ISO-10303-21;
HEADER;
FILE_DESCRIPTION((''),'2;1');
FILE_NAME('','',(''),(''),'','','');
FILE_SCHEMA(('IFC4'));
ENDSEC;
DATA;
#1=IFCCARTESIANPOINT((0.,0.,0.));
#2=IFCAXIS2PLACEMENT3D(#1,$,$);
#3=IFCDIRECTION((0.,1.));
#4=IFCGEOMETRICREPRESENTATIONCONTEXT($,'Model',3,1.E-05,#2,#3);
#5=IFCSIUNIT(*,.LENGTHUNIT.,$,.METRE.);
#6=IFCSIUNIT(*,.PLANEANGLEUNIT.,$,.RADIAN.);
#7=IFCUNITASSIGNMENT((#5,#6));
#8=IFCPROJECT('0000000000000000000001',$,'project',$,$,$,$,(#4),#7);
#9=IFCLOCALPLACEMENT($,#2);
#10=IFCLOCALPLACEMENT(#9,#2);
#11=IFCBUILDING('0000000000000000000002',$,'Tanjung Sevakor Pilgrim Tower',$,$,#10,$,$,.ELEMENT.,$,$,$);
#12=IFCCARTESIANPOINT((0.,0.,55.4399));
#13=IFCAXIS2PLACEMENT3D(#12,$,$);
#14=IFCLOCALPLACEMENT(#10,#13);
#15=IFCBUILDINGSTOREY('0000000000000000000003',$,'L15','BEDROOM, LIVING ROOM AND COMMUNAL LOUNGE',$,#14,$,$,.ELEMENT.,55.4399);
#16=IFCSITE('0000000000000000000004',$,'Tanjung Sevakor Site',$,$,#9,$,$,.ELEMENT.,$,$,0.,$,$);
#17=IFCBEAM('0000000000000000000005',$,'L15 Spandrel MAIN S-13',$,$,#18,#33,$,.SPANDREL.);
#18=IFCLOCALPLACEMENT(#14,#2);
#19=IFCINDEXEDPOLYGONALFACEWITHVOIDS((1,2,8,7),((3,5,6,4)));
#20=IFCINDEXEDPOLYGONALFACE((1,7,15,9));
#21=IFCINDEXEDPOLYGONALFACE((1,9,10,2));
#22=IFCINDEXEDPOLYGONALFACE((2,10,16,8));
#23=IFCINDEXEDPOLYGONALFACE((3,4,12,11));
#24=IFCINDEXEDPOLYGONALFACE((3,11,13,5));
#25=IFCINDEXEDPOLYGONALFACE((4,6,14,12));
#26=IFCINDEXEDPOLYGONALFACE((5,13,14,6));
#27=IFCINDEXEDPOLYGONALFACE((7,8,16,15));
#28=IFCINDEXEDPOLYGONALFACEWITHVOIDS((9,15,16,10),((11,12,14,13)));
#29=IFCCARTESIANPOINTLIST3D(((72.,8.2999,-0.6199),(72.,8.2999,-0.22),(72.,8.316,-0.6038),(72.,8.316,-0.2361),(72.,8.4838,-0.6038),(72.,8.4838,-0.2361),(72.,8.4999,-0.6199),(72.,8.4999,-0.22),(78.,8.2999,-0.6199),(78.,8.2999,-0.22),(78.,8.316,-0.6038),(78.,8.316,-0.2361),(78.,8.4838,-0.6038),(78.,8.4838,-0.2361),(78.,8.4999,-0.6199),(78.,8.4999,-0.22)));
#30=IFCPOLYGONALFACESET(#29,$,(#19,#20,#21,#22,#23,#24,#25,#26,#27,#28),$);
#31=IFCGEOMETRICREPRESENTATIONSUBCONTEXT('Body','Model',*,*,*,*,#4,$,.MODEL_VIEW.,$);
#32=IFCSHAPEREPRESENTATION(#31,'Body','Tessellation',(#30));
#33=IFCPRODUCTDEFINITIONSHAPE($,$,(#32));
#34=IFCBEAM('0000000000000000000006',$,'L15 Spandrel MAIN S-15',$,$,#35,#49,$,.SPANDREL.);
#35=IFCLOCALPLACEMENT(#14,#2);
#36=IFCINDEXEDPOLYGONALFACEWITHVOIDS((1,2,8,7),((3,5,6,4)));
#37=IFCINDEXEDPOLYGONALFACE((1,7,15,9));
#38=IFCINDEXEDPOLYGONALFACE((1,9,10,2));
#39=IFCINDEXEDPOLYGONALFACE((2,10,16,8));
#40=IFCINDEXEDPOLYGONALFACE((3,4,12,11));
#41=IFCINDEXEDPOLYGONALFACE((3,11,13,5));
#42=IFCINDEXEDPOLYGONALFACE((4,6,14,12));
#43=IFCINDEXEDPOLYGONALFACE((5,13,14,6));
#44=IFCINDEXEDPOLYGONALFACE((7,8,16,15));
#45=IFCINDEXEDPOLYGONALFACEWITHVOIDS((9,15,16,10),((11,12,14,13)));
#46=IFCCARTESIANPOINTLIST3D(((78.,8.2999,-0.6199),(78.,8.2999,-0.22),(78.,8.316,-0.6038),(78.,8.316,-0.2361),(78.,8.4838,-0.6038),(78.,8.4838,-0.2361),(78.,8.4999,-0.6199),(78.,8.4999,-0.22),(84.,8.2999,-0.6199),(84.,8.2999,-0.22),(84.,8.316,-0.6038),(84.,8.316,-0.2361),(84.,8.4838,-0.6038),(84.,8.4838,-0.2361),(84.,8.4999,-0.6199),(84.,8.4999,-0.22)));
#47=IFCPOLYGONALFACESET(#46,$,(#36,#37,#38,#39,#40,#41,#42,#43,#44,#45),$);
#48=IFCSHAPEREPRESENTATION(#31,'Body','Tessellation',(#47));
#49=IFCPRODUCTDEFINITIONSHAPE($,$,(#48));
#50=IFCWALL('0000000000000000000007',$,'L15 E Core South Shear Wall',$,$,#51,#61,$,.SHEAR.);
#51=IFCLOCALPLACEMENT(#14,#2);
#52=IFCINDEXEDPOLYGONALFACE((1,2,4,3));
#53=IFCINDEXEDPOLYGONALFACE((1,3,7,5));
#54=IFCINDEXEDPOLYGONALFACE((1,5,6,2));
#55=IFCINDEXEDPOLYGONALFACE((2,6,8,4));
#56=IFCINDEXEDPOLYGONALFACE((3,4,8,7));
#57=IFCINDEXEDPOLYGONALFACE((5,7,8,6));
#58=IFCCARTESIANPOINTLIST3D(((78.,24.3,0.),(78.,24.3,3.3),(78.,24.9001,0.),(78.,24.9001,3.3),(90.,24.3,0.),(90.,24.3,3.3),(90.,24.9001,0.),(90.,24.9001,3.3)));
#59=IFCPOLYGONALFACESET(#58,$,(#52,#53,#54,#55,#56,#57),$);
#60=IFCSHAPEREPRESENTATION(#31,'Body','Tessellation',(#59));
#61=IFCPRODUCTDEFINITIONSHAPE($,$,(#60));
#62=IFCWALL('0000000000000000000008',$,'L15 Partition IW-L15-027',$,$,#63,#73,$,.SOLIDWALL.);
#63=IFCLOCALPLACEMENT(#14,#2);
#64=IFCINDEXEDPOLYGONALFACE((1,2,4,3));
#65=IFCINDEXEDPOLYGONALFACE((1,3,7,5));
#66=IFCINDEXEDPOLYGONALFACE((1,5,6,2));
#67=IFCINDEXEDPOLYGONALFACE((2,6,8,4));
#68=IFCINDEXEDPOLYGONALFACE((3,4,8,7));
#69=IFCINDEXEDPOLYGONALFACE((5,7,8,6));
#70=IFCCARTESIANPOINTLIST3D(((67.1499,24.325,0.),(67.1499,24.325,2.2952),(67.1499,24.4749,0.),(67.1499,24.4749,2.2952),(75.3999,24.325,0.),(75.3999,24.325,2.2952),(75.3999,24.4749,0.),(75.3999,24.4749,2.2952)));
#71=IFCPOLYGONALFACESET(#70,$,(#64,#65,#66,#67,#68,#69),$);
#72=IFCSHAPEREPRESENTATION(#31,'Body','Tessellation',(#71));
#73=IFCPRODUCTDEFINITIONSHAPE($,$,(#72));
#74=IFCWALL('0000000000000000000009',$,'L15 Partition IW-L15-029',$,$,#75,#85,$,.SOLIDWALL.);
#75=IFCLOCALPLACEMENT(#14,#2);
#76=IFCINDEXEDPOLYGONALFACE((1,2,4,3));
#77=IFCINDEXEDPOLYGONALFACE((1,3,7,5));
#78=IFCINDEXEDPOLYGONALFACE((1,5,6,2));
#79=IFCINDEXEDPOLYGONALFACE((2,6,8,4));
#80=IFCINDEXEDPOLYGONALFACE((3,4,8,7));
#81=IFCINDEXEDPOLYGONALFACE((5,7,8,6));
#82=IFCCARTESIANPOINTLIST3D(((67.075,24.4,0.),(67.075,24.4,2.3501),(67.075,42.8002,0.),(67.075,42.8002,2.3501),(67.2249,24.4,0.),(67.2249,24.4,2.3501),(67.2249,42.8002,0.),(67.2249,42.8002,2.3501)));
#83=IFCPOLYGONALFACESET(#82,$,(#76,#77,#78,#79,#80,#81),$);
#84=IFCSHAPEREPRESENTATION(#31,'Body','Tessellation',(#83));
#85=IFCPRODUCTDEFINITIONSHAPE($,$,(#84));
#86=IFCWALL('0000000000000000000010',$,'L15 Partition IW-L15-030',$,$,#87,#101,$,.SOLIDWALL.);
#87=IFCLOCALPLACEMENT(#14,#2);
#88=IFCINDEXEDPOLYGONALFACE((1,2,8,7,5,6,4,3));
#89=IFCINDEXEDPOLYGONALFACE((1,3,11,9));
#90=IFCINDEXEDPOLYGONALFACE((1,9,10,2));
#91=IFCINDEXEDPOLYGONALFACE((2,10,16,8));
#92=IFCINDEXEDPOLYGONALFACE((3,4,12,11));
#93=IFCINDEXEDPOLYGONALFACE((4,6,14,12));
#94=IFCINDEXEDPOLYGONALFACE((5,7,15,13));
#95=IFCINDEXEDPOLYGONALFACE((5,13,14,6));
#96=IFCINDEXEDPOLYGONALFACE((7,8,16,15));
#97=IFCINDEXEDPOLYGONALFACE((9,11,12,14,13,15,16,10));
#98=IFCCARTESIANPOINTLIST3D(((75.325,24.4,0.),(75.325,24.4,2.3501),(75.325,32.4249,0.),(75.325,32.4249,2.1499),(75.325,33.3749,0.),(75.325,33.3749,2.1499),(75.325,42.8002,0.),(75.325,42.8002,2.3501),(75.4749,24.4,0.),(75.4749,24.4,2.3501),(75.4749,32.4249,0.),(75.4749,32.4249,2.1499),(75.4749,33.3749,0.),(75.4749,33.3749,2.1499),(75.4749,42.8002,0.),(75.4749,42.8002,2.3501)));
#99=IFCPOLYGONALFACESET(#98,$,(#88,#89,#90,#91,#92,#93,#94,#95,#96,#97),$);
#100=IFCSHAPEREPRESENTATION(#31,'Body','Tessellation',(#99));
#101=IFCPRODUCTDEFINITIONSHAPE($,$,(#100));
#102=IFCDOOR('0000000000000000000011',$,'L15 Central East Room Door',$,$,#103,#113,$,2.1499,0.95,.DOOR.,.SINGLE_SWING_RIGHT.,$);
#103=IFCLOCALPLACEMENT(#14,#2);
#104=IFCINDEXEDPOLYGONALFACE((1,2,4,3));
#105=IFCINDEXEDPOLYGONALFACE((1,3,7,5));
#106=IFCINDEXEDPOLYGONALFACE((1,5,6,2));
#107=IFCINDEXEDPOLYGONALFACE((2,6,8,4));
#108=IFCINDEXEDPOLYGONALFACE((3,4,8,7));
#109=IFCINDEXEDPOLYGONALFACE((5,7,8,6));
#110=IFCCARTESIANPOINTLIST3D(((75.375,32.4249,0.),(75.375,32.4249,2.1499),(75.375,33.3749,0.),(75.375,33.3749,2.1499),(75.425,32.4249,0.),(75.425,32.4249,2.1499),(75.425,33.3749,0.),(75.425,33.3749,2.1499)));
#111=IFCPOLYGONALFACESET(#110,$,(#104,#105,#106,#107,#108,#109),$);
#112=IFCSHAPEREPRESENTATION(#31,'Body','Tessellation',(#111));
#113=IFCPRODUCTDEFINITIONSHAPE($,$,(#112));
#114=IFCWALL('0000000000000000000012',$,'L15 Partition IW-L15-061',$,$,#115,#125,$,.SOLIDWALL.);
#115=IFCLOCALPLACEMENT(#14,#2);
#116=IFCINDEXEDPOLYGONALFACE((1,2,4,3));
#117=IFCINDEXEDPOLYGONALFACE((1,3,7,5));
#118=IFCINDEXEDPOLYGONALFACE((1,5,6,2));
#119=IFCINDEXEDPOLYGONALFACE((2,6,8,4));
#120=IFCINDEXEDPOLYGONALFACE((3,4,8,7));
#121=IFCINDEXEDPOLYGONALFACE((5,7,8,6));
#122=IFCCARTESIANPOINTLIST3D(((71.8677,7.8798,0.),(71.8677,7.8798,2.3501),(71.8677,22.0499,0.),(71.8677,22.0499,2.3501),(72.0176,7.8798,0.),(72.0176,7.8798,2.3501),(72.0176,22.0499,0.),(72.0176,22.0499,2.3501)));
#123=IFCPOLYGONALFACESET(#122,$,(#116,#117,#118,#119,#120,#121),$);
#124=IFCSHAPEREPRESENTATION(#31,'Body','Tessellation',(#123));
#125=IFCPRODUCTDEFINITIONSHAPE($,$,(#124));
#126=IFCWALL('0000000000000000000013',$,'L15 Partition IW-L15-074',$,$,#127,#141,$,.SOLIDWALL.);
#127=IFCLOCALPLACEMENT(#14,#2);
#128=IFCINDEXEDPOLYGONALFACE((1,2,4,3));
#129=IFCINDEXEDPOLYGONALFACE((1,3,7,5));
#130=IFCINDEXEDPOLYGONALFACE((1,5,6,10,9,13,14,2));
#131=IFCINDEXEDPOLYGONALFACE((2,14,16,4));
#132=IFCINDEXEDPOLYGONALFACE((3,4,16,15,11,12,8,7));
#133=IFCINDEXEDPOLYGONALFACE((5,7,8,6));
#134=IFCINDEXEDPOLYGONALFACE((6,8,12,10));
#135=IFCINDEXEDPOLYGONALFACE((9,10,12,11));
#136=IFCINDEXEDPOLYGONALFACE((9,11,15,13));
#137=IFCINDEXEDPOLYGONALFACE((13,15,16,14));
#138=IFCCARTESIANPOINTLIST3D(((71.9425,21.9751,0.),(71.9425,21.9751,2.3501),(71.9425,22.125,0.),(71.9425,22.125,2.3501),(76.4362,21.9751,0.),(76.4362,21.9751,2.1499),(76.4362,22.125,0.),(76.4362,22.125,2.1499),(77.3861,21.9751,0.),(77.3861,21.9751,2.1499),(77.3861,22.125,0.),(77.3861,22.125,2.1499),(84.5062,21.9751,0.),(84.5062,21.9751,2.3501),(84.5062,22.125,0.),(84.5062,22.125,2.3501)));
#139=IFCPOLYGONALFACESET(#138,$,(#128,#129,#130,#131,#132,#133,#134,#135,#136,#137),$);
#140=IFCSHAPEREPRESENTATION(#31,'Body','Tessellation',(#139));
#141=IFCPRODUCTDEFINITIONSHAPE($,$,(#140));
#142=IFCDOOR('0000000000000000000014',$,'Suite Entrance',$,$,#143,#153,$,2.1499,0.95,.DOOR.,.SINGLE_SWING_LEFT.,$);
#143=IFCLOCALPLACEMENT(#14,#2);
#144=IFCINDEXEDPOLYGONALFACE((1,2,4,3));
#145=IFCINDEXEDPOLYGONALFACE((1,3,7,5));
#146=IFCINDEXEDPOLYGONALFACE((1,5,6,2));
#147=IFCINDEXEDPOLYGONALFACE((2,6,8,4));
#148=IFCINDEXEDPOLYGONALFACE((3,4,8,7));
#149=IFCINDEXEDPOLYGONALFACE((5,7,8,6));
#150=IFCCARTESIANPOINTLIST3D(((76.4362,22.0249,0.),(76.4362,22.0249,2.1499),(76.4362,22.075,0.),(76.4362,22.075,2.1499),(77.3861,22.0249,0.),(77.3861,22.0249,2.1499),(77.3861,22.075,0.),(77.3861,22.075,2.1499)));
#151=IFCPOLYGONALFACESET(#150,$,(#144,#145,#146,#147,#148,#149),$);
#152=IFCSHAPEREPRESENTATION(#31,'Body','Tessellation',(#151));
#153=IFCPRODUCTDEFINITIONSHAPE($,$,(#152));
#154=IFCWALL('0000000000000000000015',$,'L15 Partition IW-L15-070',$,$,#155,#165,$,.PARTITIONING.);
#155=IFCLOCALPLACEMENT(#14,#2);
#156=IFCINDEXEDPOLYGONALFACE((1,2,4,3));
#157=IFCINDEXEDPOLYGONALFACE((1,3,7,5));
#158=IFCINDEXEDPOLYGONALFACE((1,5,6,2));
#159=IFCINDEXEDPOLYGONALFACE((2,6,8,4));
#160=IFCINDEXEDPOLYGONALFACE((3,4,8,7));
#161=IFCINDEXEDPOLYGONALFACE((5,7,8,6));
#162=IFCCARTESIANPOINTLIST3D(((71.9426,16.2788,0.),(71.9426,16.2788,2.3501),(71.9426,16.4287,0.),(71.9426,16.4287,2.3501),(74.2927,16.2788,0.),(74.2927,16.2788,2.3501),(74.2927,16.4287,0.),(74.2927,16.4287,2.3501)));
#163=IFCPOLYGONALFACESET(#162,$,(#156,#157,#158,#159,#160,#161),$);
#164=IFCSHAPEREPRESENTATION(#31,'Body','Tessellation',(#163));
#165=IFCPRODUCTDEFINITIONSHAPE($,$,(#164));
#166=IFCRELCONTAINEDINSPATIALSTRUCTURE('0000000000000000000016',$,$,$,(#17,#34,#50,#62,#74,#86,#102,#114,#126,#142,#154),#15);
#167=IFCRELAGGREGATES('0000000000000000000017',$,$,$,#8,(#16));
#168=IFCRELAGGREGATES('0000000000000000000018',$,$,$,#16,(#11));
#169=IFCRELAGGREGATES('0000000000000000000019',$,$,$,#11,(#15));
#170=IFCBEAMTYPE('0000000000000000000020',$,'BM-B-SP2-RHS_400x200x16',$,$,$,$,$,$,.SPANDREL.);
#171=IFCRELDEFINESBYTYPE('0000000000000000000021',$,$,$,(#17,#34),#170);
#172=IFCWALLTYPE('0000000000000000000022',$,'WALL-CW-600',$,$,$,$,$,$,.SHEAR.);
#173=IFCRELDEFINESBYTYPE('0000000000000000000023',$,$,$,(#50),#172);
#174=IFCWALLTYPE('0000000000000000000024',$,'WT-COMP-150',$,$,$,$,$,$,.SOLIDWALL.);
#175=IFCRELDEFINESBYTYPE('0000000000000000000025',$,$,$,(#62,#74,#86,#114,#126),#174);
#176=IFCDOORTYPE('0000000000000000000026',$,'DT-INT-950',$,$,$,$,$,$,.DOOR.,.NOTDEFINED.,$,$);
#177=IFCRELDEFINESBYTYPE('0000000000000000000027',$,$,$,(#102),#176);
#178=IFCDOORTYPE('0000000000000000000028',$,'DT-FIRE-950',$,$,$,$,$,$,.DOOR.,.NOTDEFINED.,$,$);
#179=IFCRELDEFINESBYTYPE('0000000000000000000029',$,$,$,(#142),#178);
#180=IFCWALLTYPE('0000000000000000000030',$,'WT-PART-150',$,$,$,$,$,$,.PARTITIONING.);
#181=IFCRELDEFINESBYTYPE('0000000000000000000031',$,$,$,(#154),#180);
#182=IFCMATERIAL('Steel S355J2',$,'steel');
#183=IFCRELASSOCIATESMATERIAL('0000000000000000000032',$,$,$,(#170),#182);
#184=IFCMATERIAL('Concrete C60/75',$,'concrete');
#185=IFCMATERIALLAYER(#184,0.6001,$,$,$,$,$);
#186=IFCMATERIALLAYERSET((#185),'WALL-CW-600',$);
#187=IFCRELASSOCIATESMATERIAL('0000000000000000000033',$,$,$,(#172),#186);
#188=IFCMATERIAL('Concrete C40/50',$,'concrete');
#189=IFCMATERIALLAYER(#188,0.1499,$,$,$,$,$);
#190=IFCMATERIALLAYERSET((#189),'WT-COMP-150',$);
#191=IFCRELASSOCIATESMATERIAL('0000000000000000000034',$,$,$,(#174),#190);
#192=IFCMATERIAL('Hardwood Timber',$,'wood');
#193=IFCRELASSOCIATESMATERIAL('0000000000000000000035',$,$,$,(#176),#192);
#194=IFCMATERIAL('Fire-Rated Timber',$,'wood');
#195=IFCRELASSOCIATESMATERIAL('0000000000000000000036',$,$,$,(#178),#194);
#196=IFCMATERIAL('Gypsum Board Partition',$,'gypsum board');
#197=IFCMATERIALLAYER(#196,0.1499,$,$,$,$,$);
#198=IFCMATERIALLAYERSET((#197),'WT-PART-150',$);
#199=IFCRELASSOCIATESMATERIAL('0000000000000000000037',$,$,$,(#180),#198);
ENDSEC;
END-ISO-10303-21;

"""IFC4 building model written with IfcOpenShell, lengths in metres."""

from ifc_helpers import new_model, si_unit, direction, frame, frame_2d, origin, origin_2d, place, context, subcontext, project, spatial, rectangle, hollow_rectangle, extrude, material, layer, layer_set, material_profile, profile_set, type_object, element, fill, save


model = new_model("IFC4")

# Units and contexts
model_context = context("Model", 3, precision=1e-05, world=origin(), true_north=direction((0.0, 1.0)))
body_context = subcontext(model_context, "Body", "Model", "MODEL_VIEW")
ifc_project = project(units=[si_unit("LENGTHUNIT", "METRE"), si_unit("PLANEANGLEUNIT", "RADIAN")], contexts=[model_context])

# Site, building, storey
site_placement = place(None, origin())
site = spatial("IfcSite", under=ifc_project, at=site_placement, Name="Tanjung Sevakor Site", CompositionType="ELEMENT", RefElevation=0.0)
building_placement = place(site_placement, origin())
building = spatial("IfcBuilding", under=site, at=building_placement, Name="Tanjung Sevakor Pilgrim Tower", CompositionType="ELEMENT")
storey_placement = place(building_placement, frame((0.0, 0.0, 55.4399)))
storey = spatial("IfcBuildingStorey", under=building, at=storey_placement, Name="L15", Description="BEDROOM, LIVING ROOM AND COMMUNAL LOUNGE", CompositionType="ELEMENT", Elevation=55.4399)

# Beams
ifc_material_1 = material(Name="Steel S355J2", Category="steel")
ifc_material_profile_1 = material_profile(ifc_material_1, hollow_rectangle(XDim=0.2, YDim=0.3999, WallThickness=0.0161, at=origin_2d()))
ifc_profile_set_1 = profile_set([ifc_material_profile_1], Name="Steel S355J2")
beam_type_1 = type_object("IfcBeamType", Name="BM-B-SP2-RHS_400x200x16", PredefinedType="SPANDREL", material=ifc_profile_set_1)
for number, where, z_axis, x_axis, name in (
    (1, (72.0, 8.3999, -0.4199), (1.0, 0.0, 0.0), (0.0, 1.0, 0.0), "L15 Spandrel MAIN S-13"),
    (2, (78.0, 8.3999, -0.4199), (1.0, 0.0, 0.0), (0.0, 1.0, 0.0), "L15 Spandrel MAIN S-15"),
):
    element("IfcBeam", number, at=place(storey_placement, frame(where, z_axis=z_axis, x_axis=x_axis)), inside=storey, type_object=beam_type_1, Name=name, PredefinedType="SPANDREL", context=body_context, shape_type="SweptSolid", body=[
        extrude(hollow_rectangle(XDim=0.2, YDim=0.3999, WallThickness=0.0161, at=origin_2d()), origin(), (0.0, 0.0, 1.0), 6.0),
    ])

# Walls
ifc_material_2 = material(Name="Concrete C60/75", Category="concrete")
ifc_layer_1 = layer(ifc_material_2, 0.6001)
ifc_layer_set_1 = layer_set([ifc_layer_1], Name="WALL-CW-600")
wall_type_1 = type_object("IfcWallType", Name="WALL-CW-600", PredefinedType="SHEAR", material=ifc_layer_set_1)
wall_1_placement = place(storey_placement, frame((78.0, 24.6001, 0.0), z_axis=(0.0, 0.0, 1.0), x_axis=(1.0, 0.0, 0.0)))
element("IfcWall", 3, at=wall_1_placement, inside=storey, type_object=wall_type_1, Name="L15 E Core South Shear Wall", PredefinedType="SHEAR", context=body_context, shape_type="SweptSolid", body=[
    extrude(rectangle(XDim=12.0, YDim=0.6001, at=frame_2d((6.0, 0.0))), origin(), (0.0, 0.0, 1.0), 3.3),
])
ifc_material_3 = material(Name="Concrete C40/50", Category="concrete")
ifc_layer_2 = layer(ifc_material_3, 0.1499)
ifc_layer_set_2 = layer_set([ifc_layer_2], Name="WT-COMP-150")
wall_type_2 = type_object("IfcWallType", Name="WT-COMP-150", PredefinedType="SOLIDWALL", material=ifc_layer_set_2)
wall_2_placement = place(storey_placement, frame((67.1499, 24.3999, 0.0), z_axis=(0.0, 0.0, 1.0), x_axis=(1.0, 0.0, 0.0)))
element("IfcWall", 4, at=wall_2_placement, inside=storey, type_object=wall_type_2, Name="L15 Partition IW-L15-027", PredefinedType="SOLIDWALL", context=body_context, shape_type="SweptSolid", body=[
    extrude(rectangle(XDim=8.25, YDim=0.1499, at=frame_2d((4.125, 0.0))), origin(), (0.0, 0.0, 1.0), 2.2952),
])
wall_3_placement = place(storey_placement, frame((67.1499, 24.3999, 0.0), z_axis=(0.0, 0.0, 1.0), x_axis=(0.0, 1.0, 0.0)))
element("IfcWall", 5, at=wall_3_placement, inside=storey, type_object=wall_type_2, Name="L15 Partition IW-L15-029", PredefinedType="SOLIDWALL", context=body_context, shape_type="SweptSolid", body=[
    extrude(rectangle(XDim=18.4001, YDim=0.1499, at=frame_2d((9.2002, 0.0))), origin(), (0.0, 0.0, 1.0), 2.3501),
])

# Wall, opening, door
wall_4_placement = place(storey_placement, frame((75.3999, 24.3999, 0.0), z_axis=(0.0, 0.0, 1.0), x_axis=(0.0, 1.0, 0.0)))
wall_4 = element("IfcWall", 6, at=wall_4_placement, inside=storey, type_object=wall_type_2, Name="L15 Partition IW-L15-030", PredefinedType="SOLIDWALL", context=body_context, shape_type="SweptSolid", body=[
    extrude(rectangle(XDim=18.4001, YDim=0.1499, at=frame_2d((9.2002, 0.0))), origin(), (0.0, 0.0, 1.0), 2.3501),
])
opening_1_placement = place(wall_4_placement, frame((8.0249, 0.0, 0.0)))
opening_1 = element("IfcOpeningElement", 7, at=opening_1_placement, cuts=wall_4, PredefinedType="OPENING", context=body_context, shape_type="SweptSolid", body=[
    extrude(rectangle(XDim=0.95, YDim=2.1499, at=frame_2d((0.4751, 1.075))), frame((0.0, 0.085, 0.0), z_axis=(0.0, -1.0, 0.0), x_axis=(1.0, 0.0, 0.0)), (0.0, 0.0, 1.0), 0.1699),
])
ifc_material_4 = material(Name="Hardwood Timber", Category="wood")
door_type_1 = type_object("IfcDoorType", Name="DT-INT-950", OperationType="NOTDEFINED", PredefinedType="DOOR", material=ifc_material_4)
door_1_placement = place(opening_1_placement, origin())
door_1 = element("IfcDoor", 8, at=door_1_placement, inside=storey, type_object=door_type_1, Name="L15 Central East Room Door", OperationType="SINGLE_SWING_RIGHT", OverallHeight=2.1499, OverallWidth=0.95, PredefinedType="DOOR", context=body_context, shape_type="SweptSolid", body=[
    extrude(rectangle(XDim=0.95, YDim=2.1499, at=frame_2d((0.4751, 1.075))), frame((0.0, 0.0249, 0.0), z_axis=(0.0, -1.0, 0.0), x_axis=(1.0, 0.0, 0.0)), (0.0, 0.0, 1.0), 0.05),
])
fill(opening_1, door_1)

# Wall
wall_5_placement = place(storey_placement, frame((71.9426, 7.8799, 0.0), z_axis=(0.0, 0.0, 1.0), x_axis=(0.0, 1.0, 0.0)))
element("IfcWall", 9, at=wall_5_placement, inside=storey, type_object=wall_type_2, Name="L15 Partition IW-L15-061", PredefinedType="SOLIDWALL", context=body_context, shape_type="SweptSolid", body=[
    extrude(rectangle(XDim=14.1702, YDim=0.1499, at=frame_2d((7.085, 0.0))), origin(), (0.0, 0.0, 1.0), 2.3501),
])

# Wall, opening, door
wall_6_placement = place(storey_placement, frame((71.9426, 22.05, 0.0), z_axis=(0.0, 0.0, 1.0), x_axis=(1.0, 0.0, 0.0)))
wall_6 = element("IfcWall", 10, at=wall_6_placement, inside=storey, type_object=wall_type_2, Name="L15 Partition IW-L15-074", PredefinedType="SOLIDWALL", context=body_context, shape_type="SweptSolid", body=[
    extrude(rectangle(XDim=12.5637, YDim=0.1499, at=frame_2d((6.2817, 0.0))), origin(), (0.0, 0.0, 1.0), 2.3501),
])
opening_2_placement = place(wall_6_placement, frame((4.4934, 0.0, 0.0)))
opening_2 = element("IfcOpeningElement", 11, at=opening_2_placement, cuts=wall_6, PredefinedType="OPENING", context=body_context, shape_type="SweptSolid", body=[
    extrude(rectangle(XDim=0.95, YDim=2.1499, at=frame_2d((0.4751, 1.075))), frame((0.0, 0.085, 0.0), z_axis=(0.0, -1.0, 0.0), x_axis=(1.0, 0.0, 0.0)), (0.0, 0.0, 1.0), 0.1699),
])
ifc_material_5 = material(Name="Fire-Rated Timber", Category="wood")
door_type_2 = type_object("IfcDoorType", Name="DT-FIRE-950", OperationType="NOTDEFINED", PredefinedType="DOOR", material=ifc_material_5)
door_2_placement = place(opening_2_placement, origin())
door_2 = element("IfcDoor", 12, at=door_2_placement, inside=storey, type_object=door_type_2, Name="Suite Entrance", OperationType="SINGLE_SWING_LEFT", OverallHeight=2.1499, OverallWidth=0.95, PredefinedType="DOOR", context=body_context, shape_type="SweptSolid", body=[
    extrude(rectangle(XDim=0.95, YDim=2.1499, at=frame_2d((0.4751, 1.075))), frame((0.0, 0.0249, 0.0), z_axis=(0.0, -1.0, 0.0), x_axis=(1.0, 0.0, 0.0)), (0.0, 0.0, 1.0), 0.05),
])
fill(opening_2, door_2)

# Wall
ifc_material_6 = material(Name="Gypsum Board Partition", Category="gypsum board")
ifc_layer_3 = layer(ifc_material_6, 0.1499)
ifc_layer_set_3 = layer_set([ifc_layer_3], Name="WT-PART-150")
wall_type_3 = type_object("IfcWallType", Name="WT-PART-150", PredefinedType="PARTITIONING", material=ifc_layer_set_3)
wall_7_placement = place(storey_placement, frame((71.9426, 16.3538, 0.0), z_axis=(0.0, 0.0, 1.0), x_axis=(1.0, 0.0, 0.0)))
element("IfcWall", 13, at=wall_7_placement, inside=storey, type_object=wall_type_3, Name="L15 Partition IW-L15-070", PredefinedType="PARTITIONING", context=body_context, shape_type="SweptSolid", body=[
    extrude(rectangle(XDim=2.3501, YDim=0.1499, at=frame_2d((1.175, 0.0))), origin(), (0.0, 0.0, 1.0), 2.3501),
])

save(model, "model.ifc")
